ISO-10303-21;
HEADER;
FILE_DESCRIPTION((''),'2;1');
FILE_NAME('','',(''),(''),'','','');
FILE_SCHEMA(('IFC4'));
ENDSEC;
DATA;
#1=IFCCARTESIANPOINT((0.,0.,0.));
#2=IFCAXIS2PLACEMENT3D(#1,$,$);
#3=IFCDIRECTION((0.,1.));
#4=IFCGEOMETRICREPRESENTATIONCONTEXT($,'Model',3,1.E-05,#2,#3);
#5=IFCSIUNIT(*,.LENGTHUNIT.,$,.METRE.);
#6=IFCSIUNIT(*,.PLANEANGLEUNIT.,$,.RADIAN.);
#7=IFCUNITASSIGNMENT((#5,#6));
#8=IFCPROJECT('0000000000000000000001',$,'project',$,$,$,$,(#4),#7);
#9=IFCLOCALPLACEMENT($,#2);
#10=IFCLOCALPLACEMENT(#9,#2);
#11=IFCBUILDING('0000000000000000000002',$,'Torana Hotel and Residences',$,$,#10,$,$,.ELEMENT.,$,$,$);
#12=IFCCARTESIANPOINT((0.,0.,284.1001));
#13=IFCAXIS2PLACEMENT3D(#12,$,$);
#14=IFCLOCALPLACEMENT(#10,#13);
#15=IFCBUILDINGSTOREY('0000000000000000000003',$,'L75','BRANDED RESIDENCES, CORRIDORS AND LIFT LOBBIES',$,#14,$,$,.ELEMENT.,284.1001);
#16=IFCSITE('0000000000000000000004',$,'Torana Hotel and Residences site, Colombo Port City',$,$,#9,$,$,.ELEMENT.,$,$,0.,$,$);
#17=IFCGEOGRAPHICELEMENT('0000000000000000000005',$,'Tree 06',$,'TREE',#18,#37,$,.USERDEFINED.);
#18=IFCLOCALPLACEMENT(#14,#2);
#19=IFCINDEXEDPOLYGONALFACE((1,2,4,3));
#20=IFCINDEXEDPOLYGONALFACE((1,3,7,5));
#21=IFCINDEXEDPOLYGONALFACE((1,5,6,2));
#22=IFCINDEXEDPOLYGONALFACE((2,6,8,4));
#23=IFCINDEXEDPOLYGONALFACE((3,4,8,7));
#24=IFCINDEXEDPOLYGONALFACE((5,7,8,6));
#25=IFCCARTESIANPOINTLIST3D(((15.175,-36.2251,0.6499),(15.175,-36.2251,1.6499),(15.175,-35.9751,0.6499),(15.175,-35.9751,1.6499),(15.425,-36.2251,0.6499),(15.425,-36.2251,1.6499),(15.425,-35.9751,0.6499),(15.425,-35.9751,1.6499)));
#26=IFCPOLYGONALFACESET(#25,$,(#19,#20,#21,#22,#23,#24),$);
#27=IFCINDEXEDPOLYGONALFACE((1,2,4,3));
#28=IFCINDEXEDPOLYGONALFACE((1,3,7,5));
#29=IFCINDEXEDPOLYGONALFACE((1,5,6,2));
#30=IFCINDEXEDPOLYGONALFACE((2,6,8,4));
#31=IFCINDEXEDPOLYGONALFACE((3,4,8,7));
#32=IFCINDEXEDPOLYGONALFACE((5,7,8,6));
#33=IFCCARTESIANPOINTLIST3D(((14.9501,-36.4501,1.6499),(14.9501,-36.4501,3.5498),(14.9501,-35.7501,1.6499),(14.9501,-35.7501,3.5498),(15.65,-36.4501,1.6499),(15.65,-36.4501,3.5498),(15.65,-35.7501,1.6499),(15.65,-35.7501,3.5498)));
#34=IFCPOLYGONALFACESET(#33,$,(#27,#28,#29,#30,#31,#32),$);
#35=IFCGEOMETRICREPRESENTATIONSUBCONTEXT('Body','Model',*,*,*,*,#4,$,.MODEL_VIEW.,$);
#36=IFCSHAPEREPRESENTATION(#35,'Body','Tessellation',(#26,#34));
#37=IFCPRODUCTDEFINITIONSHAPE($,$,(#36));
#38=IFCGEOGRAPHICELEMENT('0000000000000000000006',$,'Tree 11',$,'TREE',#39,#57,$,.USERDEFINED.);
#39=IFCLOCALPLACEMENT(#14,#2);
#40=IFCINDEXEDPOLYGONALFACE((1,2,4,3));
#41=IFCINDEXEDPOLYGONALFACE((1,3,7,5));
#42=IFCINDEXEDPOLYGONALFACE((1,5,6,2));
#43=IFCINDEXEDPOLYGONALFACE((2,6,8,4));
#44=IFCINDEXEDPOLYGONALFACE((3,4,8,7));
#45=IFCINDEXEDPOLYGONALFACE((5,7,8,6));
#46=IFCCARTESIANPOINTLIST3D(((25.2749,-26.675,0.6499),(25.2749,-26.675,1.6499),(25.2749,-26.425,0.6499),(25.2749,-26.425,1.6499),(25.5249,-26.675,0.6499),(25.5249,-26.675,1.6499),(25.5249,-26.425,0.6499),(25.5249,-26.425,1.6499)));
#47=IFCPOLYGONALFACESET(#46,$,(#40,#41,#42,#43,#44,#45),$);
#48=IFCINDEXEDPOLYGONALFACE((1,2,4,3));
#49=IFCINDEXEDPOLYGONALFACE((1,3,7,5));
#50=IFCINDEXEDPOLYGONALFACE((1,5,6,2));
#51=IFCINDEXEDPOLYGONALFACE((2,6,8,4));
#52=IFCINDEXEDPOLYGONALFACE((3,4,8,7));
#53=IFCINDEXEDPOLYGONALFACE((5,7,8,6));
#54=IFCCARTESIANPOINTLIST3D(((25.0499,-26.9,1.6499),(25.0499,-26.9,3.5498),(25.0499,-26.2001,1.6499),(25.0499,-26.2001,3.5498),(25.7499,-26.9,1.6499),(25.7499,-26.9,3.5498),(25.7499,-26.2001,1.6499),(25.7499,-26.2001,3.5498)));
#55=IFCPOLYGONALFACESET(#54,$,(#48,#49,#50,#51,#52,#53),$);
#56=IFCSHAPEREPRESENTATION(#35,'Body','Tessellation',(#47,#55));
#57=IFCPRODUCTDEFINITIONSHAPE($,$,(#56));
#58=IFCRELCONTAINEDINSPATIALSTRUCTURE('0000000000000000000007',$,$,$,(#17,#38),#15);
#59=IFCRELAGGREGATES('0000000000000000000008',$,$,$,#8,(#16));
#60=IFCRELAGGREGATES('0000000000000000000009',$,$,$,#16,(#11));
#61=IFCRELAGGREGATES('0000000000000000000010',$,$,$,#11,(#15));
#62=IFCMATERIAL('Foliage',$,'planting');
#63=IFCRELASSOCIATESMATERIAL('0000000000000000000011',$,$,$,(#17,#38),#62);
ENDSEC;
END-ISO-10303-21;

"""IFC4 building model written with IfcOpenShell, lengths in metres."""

from ifc_helpers import new_model, si_unit, direction, frame, origin, origin_2d, place, context, subcontext, project, spatial, rectangle, extrude, material, element, save


model = new_model("IFC4")

# Units and contexts
model_context = context("Model", 3, precision=1e-05, world=origin(), true_north=direction((0.0, 1.0)))
body_context = subcontext(model_context, "Body", "Model", "MODEL_VIEW")
ifc_project = project(units=[si_unit("LENGTHUNIT", "METRE"), si_unit("PLANEANGLEUNIT", "RADIAN")], contexts=[model_context])

# Site, building, storey
site_placement = place(None, origin())
site = spatial("IfcSite", under=ifc_project, at=site_placement, Name="Torana Hotel and Residences site, Colombo Port City", CompositionType="ELEMENT", RefElevation=0.0)
building_placement = place(site_placement, origin())
building = spatial("IfcBuilding", under=site, at=building_placement, Name="Torana Hotel and Residences", CompositionType="ELEMENT")
storey_placement = place(building_placement, frame((0.0, 0.0, 284.1001)))
storey = spatial("IfcBuildingStorey", under=building, at=storey_placement, Name="L75", Description="BRANDED RESIDENCES, CORRIDORS AND LIFT LOBBIES", CompositionType="ELEMENT", Elevation=284.1001)

# Geographic elements
ifc_material_1 = material(Name="Foliage", Category="planting")
for number, where, z_axis, x_axis, name in (
    (1, (15.3, -36.1001, 0.6499), (0.0, 0.0, 1.0), (1.0, 0.0, 0.0), "Tree 06"),
    (2, (25.3999, -26.55, 0.6499), (0.0, 0.0, 1.0), (1.0, 0.0, 0.0), "Tree 11"),
):
    element("IfcGeographicElement", number, at=place(storey_placement, frame(where, z_axis=z_axis, x_axis=x_axis)), inside=storey, material=ifc_material_1, Name=name, ObjectType="TREE", PredefinedType="USERDEFINED", context=body_context, shape_type="SweptSolid", body=[
        extrude(rectangle(XDim=0.25, YDim=0.25, at=origin_2d()), origin(), (0.0, 0.0, 1.0), 1.0),
        extrude(rectangle(XDim=0.7, YDim=0.7, at=origin_2d()), frame((0.0, 0.0, 1.0)), (0.0, 0.0, 1.0), 1.8999),
    ])

save(model, "model.ifc")
